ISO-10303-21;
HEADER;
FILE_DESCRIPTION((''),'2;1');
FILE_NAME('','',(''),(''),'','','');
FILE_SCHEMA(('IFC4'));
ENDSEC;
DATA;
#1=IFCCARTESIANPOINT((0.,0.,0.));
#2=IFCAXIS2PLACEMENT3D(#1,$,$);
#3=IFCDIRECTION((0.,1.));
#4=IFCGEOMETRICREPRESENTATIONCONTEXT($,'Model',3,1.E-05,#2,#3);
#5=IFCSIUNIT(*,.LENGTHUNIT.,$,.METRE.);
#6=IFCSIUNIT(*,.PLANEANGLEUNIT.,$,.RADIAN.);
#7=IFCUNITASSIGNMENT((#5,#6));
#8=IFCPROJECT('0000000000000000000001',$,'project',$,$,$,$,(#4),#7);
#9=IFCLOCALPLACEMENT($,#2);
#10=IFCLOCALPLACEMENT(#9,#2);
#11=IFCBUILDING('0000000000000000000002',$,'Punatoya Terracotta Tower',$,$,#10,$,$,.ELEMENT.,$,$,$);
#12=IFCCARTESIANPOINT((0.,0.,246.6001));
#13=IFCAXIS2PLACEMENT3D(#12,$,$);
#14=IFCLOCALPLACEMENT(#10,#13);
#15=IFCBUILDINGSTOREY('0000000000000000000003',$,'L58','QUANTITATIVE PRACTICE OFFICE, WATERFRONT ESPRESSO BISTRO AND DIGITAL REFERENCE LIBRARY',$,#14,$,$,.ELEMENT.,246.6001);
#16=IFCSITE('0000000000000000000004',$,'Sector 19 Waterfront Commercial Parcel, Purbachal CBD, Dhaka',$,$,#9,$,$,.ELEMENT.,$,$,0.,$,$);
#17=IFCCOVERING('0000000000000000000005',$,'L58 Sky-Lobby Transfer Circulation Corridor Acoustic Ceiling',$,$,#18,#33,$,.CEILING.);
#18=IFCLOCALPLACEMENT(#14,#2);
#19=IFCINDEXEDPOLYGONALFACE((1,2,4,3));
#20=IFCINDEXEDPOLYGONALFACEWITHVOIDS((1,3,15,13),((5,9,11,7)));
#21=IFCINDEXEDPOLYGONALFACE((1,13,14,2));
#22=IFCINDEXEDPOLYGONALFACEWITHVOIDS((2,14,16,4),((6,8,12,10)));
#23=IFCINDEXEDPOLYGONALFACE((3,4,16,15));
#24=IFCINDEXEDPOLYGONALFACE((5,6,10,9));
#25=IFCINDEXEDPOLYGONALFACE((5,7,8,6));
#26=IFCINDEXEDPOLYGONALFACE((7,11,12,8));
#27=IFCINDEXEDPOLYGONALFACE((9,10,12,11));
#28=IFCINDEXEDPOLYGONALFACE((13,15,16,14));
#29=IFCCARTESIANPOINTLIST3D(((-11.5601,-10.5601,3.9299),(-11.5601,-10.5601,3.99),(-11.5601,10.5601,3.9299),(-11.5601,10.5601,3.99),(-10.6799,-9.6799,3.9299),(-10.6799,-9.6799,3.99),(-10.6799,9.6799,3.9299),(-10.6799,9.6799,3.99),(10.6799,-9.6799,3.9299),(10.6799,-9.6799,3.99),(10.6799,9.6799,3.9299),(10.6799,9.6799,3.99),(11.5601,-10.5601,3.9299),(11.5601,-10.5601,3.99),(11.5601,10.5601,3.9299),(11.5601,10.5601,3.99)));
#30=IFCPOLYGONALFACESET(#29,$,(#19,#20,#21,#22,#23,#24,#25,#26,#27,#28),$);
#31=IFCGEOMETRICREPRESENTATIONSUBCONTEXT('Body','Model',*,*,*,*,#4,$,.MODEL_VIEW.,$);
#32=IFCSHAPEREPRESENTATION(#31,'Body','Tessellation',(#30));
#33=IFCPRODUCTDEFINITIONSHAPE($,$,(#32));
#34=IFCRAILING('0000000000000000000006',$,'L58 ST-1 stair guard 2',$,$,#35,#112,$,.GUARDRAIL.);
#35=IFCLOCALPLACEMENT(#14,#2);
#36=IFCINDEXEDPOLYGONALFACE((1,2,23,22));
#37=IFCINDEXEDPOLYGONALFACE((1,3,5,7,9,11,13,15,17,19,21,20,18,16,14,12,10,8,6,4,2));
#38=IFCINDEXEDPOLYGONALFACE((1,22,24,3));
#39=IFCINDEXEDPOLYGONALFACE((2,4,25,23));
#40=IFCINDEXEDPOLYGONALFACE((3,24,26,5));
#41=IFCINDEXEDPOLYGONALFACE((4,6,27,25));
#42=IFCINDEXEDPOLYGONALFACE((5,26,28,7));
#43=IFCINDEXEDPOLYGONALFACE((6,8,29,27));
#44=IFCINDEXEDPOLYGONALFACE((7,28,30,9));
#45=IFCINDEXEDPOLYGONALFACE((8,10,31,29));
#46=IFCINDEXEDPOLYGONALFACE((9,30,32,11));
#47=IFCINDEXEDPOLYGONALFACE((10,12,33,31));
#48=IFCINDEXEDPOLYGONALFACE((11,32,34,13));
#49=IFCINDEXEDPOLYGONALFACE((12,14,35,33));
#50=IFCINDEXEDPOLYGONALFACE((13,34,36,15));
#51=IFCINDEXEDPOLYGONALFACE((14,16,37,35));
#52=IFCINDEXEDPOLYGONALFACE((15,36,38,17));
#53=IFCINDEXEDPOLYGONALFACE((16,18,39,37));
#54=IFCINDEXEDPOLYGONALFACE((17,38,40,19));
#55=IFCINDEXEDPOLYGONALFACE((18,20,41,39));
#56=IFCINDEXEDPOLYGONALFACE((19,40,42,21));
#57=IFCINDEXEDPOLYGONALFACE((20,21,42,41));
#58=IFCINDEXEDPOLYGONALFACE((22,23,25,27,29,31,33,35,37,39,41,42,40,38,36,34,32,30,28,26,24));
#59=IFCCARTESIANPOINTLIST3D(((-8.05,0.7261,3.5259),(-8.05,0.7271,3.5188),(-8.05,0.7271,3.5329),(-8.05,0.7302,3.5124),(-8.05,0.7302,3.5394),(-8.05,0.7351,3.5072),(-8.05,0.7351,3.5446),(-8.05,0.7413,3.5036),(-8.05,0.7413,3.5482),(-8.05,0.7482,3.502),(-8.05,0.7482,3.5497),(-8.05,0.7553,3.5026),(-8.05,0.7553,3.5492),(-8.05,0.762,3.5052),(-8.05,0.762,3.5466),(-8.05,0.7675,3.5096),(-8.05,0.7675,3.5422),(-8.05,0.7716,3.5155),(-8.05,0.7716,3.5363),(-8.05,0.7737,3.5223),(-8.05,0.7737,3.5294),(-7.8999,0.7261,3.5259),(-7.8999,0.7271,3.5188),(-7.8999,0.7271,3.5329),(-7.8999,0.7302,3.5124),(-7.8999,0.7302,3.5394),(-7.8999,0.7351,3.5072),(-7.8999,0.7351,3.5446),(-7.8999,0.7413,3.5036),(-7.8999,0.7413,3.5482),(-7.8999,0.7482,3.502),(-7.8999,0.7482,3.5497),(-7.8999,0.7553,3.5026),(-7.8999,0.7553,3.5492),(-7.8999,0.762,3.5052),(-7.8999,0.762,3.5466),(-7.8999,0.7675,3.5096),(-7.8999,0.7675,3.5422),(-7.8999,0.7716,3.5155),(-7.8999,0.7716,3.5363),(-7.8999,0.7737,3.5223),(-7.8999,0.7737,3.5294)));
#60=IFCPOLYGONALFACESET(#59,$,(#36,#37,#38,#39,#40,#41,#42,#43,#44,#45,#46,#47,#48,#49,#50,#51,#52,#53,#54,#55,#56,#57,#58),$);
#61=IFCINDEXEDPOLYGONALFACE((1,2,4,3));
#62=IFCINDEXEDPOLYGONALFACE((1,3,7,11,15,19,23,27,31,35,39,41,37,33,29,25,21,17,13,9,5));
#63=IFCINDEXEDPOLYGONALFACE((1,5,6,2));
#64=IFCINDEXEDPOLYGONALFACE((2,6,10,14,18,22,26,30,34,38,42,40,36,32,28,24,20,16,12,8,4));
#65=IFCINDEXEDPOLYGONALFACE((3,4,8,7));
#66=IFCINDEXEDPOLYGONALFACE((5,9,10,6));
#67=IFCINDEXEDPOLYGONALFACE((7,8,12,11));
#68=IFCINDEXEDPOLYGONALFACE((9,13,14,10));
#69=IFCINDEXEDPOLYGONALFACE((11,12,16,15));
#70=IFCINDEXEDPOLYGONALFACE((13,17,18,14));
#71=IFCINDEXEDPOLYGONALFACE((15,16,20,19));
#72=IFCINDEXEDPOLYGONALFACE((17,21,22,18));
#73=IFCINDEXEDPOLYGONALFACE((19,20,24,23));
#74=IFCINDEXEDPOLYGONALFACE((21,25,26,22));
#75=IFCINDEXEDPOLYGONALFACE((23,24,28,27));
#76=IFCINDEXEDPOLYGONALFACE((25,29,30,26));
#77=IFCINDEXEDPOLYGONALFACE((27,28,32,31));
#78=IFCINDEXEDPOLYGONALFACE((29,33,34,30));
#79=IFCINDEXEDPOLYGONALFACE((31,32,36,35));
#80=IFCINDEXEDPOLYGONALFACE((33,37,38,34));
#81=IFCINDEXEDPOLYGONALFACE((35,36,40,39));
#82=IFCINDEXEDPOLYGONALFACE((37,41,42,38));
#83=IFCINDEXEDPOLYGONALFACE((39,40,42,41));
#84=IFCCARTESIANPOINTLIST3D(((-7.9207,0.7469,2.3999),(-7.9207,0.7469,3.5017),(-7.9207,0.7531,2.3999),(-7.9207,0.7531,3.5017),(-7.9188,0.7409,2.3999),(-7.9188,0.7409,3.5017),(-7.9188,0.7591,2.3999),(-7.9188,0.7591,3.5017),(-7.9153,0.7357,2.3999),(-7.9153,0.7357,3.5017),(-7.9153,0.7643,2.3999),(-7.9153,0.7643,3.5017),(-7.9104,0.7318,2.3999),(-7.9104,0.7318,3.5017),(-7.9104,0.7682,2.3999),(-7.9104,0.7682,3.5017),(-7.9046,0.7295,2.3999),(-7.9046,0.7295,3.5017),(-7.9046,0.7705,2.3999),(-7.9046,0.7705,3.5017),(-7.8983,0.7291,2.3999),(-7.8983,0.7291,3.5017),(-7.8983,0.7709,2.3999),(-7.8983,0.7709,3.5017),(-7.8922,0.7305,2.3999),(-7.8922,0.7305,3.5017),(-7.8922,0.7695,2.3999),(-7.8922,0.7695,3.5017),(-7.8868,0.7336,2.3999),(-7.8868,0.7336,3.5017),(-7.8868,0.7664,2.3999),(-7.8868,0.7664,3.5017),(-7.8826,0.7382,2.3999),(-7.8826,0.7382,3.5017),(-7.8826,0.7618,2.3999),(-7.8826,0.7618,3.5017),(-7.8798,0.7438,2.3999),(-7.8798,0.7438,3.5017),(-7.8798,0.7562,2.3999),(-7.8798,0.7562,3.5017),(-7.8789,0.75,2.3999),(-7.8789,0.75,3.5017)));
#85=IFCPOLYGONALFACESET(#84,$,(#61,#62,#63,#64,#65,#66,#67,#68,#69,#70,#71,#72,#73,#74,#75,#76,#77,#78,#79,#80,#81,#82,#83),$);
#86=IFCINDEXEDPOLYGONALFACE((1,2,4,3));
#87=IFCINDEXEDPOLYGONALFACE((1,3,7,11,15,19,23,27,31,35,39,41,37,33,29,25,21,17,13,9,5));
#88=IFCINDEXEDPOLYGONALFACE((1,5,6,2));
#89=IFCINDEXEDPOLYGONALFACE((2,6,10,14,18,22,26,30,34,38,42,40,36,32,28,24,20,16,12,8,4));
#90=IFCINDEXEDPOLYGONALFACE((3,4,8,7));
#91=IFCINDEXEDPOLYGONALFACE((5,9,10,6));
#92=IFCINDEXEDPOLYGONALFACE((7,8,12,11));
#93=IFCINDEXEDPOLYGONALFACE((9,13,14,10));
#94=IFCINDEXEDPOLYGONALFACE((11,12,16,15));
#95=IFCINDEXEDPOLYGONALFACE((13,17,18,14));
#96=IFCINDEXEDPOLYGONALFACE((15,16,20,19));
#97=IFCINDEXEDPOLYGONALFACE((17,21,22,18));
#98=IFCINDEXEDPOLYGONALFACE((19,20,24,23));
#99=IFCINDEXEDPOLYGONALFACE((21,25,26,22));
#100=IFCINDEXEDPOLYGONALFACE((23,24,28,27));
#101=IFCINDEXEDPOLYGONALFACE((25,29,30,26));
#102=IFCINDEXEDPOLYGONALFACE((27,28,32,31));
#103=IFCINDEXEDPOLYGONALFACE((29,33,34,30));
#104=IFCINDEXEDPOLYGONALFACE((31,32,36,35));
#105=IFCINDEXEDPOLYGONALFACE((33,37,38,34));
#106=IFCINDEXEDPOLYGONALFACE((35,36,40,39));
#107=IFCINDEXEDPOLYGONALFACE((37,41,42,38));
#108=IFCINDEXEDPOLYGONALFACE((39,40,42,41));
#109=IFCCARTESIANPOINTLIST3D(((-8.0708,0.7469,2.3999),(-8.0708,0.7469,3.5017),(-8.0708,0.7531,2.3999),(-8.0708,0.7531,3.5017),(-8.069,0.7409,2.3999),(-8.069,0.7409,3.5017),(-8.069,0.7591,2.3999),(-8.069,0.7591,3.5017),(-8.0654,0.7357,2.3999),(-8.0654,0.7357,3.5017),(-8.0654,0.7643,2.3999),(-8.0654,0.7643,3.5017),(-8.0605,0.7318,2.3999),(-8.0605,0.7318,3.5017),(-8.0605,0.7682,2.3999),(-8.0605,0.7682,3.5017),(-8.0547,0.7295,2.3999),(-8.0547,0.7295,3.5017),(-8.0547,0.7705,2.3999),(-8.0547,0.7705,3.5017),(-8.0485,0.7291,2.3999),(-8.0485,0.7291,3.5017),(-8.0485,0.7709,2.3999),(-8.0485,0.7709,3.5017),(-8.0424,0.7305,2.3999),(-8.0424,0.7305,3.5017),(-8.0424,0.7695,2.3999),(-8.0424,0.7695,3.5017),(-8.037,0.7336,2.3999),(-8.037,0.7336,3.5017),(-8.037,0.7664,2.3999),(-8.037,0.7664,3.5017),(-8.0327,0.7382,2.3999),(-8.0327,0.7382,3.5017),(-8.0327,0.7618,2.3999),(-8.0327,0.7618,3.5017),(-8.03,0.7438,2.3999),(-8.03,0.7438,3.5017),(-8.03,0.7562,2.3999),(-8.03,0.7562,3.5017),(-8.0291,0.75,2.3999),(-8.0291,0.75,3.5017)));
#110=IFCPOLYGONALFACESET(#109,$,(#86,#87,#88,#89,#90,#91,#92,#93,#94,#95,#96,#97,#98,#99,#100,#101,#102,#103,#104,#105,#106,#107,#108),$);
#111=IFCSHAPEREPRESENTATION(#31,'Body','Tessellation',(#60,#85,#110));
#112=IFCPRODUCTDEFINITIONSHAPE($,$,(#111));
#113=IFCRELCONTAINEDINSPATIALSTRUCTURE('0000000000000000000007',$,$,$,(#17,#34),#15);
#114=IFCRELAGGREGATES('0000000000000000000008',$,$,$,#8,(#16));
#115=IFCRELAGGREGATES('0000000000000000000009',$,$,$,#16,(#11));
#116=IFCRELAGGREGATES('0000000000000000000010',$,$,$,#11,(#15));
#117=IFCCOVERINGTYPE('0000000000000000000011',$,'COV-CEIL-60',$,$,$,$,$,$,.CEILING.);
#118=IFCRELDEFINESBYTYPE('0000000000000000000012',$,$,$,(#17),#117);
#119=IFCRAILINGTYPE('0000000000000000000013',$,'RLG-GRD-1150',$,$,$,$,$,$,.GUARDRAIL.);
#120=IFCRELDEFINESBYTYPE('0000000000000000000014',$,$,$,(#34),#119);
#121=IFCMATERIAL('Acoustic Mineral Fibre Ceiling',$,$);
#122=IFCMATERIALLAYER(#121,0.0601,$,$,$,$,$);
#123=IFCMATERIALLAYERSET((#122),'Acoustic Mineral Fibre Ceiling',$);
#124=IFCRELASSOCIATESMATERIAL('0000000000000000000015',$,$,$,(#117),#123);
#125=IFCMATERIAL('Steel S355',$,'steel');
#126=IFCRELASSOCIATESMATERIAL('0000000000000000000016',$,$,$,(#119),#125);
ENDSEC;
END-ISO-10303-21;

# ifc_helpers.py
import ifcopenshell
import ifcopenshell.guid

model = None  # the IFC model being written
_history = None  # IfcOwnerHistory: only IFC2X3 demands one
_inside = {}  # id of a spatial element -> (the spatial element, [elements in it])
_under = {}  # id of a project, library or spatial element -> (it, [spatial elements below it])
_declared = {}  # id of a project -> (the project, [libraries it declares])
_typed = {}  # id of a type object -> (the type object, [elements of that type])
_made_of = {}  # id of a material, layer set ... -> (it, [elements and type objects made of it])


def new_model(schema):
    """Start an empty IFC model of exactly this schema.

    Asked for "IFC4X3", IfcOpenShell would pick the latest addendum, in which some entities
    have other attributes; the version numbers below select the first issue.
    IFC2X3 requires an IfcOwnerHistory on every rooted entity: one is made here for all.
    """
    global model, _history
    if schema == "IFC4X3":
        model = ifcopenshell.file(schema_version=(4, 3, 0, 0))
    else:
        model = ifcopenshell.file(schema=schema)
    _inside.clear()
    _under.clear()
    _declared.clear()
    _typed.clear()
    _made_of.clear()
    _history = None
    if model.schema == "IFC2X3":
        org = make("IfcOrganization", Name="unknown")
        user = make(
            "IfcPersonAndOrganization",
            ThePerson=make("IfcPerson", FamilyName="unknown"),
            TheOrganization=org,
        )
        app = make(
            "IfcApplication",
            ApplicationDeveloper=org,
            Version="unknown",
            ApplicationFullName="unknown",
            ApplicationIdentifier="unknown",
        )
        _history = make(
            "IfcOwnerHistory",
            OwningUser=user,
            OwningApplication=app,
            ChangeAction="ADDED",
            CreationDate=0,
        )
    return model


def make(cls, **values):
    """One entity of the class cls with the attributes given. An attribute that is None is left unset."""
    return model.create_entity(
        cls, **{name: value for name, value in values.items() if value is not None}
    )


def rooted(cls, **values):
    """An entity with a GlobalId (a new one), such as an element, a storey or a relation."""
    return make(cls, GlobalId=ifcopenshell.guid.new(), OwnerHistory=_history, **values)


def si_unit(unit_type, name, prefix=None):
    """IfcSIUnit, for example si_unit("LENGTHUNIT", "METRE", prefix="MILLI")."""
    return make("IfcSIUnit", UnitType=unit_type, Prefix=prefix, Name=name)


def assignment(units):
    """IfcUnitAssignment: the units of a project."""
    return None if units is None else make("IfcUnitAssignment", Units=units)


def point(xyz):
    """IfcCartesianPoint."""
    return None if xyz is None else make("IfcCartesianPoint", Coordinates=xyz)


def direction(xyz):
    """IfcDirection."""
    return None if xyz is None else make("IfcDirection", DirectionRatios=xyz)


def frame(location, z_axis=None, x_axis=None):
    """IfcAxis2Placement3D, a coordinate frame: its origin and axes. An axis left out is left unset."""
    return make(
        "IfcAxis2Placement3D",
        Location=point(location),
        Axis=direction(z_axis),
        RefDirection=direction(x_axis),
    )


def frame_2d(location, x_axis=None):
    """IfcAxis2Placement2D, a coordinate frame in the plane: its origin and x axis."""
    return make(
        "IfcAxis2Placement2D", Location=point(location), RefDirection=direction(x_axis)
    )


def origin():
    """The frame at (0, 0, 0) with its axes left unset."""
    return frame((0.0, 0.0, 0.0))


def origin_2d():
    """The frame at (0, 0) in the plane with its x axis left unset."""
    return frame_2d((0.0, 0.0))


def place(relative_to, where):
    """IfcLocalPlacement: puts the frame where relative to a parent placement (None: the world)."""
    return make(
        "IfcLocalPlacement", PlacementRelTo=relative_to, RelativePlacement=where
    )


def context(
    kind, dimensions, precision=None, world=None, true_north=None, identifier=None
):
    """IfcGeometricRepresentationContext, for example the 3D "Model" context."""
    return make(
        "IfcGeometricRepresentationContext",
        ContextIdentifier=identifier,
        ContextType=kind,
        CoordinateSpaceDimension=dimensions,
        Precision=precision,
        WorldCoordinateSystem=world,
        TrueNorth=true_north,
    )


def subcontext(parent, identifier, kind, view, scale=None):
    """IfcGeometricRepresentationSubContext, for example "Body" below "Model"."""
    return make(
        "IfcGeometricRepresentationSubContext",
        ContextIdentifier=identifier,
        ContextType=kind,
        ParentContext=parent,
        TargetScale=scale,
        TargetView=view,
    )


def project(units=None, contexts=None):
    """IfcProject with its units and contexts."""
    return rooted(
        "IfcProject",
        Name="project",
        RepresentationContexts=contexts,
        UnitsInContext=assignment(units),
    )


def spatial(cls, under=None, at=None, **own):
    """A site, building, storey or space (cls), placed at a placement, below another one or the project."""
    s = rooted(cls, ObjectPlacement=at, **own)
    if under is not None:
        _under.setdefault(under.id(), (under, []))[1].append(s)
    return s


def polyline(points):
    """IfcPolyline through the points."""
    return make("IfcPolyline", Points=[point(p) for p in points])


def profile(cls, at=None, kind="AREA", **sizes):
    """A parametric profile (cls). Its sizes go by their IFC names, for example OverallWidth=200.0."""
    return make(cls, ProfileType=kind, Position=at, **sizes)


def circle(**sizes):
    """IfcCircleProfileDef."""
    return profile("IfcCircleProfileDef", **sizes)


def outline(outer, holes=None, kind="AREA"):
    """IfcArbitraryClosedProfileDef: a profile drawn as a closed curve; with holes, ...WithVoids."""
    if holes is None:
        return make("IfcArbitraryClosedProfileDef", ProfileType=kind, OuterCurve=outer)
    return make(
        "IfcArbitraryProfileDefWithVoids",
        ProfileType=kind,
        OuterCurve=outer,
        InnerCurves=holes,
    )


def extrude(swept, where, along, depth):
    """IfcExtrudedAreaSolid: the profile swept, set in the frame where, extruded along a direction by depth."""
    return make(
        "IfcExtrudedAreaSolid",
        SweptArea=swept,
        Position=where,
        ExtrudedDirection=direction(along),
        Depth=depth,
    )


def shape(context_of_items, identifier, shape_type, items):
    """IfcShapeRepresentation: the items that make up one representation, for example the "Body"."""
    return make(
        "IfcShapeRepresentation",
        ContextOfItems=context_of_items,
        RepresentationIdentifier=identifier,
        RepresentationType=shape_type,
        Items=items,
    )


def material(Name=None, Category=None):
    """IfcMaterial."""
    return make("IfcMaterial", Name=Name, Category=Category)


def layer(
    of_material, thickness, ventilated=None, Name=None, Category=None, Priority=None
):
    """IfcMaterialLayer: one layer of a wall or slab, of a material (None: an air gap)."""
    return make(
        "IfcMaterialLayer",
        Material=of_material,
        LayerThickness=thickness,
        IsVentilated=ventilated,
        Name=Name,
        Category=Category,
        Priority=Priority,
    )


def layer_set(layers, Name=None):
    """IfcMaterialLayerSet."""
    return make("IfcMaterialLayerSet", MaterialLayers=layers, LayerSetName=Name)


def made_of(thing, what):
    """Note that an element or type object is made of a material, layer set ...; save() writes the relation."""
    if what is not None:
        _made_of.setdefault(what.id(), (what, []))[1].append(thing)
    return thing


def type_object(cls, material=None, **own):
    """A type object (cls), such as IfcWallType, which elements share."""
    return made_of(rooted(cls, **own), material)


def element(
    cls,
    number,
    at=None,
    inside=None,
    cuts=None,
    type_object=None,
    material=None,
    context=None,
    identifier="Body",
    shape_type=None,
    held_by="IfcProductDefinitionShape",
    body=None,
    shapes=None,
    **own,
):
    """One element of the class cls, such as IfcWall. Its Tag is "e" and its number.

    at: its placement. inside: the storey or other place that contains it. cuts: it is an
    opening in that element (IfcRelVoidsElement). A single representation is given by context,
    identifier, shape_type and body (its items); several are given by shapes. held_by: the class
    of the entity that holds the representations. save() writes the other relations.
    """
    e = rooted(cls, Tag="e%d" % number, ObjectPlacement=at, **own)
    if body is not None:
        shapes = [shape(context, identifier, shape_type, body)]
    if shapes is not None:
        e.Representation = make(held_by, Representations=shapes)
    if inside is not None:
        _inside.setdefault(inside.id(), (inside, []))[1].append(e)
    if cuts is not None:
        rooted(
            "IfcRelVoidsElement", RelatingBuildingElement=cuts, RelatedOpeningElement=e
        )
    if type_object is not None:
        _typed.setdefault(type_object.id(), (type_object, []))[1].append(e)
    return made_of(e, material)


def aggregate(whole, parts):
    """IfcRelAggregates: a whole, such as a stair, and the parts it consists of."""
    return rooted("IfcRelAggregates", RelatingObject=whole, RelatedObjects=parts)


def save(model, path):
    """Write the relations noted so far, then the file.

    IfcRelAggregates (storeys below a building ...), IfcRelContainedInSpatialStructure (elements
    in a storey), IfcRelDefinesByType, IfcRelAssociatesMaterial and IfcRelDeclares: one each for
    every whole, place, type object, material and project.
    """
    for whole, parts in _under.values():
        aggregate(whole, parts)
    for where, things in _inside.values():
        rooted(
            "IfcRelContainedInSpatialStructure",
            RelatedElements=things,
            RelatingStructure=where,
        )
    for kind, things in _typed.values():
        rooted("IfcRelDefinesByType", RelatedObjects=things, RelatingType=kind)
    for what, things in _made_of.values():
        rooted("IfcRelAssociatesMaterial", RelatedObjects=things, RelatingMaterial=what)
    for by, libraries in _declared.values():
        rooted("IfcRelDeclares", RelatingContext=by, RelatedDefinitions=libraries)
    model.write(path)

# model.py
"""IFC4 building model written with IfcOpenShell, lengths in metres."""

from ifc_helpers import new_model, si_unit, direction, frame, origin, origin_2d, place, context, subcontext, project, spatial, polyline, circle, outline, extrude, material, layer, layer_set, type_object, element, save


model = new_model("IFC4")

# Units and contexts
model_context = context("Model", 3, precision=1e-05, world=origin(), true_north=direction((0.0, 1.0)))
body_context = subcontext(model_context, "Body", "Model", "MODEL_VIEW")
ifc_project = project(units=[si_unit("LENGTHUNIT", "METRE"), si_unit("PLANEANGLEUNIT", "RADIAN")], contexts=[model_context])

# Site, building, storey
site_placement = place(None, origin())
site = spatial("IfcSite", under=ifc_project, at=site_placement, Name="Sector 19 Waterfront Commercial Parcel, Purbachal CBD, Dhaka", CompositionType="ELEMENT", RefElevation=0.0)
building_placement = place(site_placement, origin())
building = spatial("IfcBuilding", under=site, at=building_placement, Name="Punatoya Terracotta Tower", CompositionType="ELEMENT")
storey_placement = place(building_placement, frame((0.0, 0.0, 246.6001)))
storey = spatial("IfcBuildingStorey", under=building, at=storey_placement, Name="L58", Description="QUANTITATIVE PRACTICE OFFICE, WATERFRONT ESPRESSO BISTRO AND DIGITAL REFERENCE LIBRARY", CompositionType="ELEMENT", Elevation=246.6001)

# Covering
ifc_material_1 = material(Name="Acoustic Mineral Fibre Ceiling")
ifc_layer_1 = layer(ifc_material_1, 0.0601)
ifc_layer_set_1 = layer_set([ifc_layer_1], Name="Acoustic Mineral Fibre Ceiling")
covering_type = type_object("IfcCoveringType", Name="COV-CEIL-60", PredefinedType="CEILING", material=ifc_layer_set_1)
covering_placement = place(storey_placement, frame((0.0, 0.0, 3.9299)))
element("IfcCovering", 1, at=covering_placement, inside=storey, type_object=covering_type, Name="L58 Sky-Lobby Transfer Circulation Corridor Acoustic Ceiling", PredefinedType="CEILING", context=body_context, shape_type="SweptSolid", body=[
    extrude(outline(polyline([(-11.5601, 10.5601), (-11.5601, -10.5601), (11.5601, -10.5601), (11.5601, 10.5601), (-11.5601, 10.5601)]), holes=[polyline([(-10.6799, 9.6799), (10.6799, 9.6799), (10.6799, -9.6799), (-10.6799, -9.6799), (-10.6799, 9.6799)])]), origin(), (0.0, 0.0, 1.0), 0.0601),
])

# Railing
ifc_material_2 = material(Name="Steel S355", Category="steel")
railing_type_1 = type_object("IfcRailingType", Name="RLG-GRD-1150", PredefinedType="GUARDRAIL", material=ifc_material_2)
railing_1_placement = place(storey_placement, frame((-7.8999, 0.75, 2.3999)))
element("IfcRailing", 2, at=railing_1_placement, inside=storey, type_object=railing_type_1, Name="L58 ST-1 stair guard 2", PredefinedType="GUARDRAIL", context=body_context, shape_type="SweptSolid", body=[
    extrude(circle(Radius=0.0239, at=origin_2d()), frame((0.0, 0.0, 1.126), z_axis=(-1.0, 0.0, 0.0), x_axis=(0.0, -1.0, 0.0)), (0.0, 0.0, 1.0), 0.1501),
    extrude(circle(Radius=0.021, at=origin_2d()), origin(), (0.0, 0.0, 1.0), 1.1018),
    extrude(circle(Radius=0.021, at=origin_2d()), frame((-0.1501, 0.0, 0.0)), (0.0, 0.0, 1.0), 1.1018),
])

save(model, "model.ifc")
